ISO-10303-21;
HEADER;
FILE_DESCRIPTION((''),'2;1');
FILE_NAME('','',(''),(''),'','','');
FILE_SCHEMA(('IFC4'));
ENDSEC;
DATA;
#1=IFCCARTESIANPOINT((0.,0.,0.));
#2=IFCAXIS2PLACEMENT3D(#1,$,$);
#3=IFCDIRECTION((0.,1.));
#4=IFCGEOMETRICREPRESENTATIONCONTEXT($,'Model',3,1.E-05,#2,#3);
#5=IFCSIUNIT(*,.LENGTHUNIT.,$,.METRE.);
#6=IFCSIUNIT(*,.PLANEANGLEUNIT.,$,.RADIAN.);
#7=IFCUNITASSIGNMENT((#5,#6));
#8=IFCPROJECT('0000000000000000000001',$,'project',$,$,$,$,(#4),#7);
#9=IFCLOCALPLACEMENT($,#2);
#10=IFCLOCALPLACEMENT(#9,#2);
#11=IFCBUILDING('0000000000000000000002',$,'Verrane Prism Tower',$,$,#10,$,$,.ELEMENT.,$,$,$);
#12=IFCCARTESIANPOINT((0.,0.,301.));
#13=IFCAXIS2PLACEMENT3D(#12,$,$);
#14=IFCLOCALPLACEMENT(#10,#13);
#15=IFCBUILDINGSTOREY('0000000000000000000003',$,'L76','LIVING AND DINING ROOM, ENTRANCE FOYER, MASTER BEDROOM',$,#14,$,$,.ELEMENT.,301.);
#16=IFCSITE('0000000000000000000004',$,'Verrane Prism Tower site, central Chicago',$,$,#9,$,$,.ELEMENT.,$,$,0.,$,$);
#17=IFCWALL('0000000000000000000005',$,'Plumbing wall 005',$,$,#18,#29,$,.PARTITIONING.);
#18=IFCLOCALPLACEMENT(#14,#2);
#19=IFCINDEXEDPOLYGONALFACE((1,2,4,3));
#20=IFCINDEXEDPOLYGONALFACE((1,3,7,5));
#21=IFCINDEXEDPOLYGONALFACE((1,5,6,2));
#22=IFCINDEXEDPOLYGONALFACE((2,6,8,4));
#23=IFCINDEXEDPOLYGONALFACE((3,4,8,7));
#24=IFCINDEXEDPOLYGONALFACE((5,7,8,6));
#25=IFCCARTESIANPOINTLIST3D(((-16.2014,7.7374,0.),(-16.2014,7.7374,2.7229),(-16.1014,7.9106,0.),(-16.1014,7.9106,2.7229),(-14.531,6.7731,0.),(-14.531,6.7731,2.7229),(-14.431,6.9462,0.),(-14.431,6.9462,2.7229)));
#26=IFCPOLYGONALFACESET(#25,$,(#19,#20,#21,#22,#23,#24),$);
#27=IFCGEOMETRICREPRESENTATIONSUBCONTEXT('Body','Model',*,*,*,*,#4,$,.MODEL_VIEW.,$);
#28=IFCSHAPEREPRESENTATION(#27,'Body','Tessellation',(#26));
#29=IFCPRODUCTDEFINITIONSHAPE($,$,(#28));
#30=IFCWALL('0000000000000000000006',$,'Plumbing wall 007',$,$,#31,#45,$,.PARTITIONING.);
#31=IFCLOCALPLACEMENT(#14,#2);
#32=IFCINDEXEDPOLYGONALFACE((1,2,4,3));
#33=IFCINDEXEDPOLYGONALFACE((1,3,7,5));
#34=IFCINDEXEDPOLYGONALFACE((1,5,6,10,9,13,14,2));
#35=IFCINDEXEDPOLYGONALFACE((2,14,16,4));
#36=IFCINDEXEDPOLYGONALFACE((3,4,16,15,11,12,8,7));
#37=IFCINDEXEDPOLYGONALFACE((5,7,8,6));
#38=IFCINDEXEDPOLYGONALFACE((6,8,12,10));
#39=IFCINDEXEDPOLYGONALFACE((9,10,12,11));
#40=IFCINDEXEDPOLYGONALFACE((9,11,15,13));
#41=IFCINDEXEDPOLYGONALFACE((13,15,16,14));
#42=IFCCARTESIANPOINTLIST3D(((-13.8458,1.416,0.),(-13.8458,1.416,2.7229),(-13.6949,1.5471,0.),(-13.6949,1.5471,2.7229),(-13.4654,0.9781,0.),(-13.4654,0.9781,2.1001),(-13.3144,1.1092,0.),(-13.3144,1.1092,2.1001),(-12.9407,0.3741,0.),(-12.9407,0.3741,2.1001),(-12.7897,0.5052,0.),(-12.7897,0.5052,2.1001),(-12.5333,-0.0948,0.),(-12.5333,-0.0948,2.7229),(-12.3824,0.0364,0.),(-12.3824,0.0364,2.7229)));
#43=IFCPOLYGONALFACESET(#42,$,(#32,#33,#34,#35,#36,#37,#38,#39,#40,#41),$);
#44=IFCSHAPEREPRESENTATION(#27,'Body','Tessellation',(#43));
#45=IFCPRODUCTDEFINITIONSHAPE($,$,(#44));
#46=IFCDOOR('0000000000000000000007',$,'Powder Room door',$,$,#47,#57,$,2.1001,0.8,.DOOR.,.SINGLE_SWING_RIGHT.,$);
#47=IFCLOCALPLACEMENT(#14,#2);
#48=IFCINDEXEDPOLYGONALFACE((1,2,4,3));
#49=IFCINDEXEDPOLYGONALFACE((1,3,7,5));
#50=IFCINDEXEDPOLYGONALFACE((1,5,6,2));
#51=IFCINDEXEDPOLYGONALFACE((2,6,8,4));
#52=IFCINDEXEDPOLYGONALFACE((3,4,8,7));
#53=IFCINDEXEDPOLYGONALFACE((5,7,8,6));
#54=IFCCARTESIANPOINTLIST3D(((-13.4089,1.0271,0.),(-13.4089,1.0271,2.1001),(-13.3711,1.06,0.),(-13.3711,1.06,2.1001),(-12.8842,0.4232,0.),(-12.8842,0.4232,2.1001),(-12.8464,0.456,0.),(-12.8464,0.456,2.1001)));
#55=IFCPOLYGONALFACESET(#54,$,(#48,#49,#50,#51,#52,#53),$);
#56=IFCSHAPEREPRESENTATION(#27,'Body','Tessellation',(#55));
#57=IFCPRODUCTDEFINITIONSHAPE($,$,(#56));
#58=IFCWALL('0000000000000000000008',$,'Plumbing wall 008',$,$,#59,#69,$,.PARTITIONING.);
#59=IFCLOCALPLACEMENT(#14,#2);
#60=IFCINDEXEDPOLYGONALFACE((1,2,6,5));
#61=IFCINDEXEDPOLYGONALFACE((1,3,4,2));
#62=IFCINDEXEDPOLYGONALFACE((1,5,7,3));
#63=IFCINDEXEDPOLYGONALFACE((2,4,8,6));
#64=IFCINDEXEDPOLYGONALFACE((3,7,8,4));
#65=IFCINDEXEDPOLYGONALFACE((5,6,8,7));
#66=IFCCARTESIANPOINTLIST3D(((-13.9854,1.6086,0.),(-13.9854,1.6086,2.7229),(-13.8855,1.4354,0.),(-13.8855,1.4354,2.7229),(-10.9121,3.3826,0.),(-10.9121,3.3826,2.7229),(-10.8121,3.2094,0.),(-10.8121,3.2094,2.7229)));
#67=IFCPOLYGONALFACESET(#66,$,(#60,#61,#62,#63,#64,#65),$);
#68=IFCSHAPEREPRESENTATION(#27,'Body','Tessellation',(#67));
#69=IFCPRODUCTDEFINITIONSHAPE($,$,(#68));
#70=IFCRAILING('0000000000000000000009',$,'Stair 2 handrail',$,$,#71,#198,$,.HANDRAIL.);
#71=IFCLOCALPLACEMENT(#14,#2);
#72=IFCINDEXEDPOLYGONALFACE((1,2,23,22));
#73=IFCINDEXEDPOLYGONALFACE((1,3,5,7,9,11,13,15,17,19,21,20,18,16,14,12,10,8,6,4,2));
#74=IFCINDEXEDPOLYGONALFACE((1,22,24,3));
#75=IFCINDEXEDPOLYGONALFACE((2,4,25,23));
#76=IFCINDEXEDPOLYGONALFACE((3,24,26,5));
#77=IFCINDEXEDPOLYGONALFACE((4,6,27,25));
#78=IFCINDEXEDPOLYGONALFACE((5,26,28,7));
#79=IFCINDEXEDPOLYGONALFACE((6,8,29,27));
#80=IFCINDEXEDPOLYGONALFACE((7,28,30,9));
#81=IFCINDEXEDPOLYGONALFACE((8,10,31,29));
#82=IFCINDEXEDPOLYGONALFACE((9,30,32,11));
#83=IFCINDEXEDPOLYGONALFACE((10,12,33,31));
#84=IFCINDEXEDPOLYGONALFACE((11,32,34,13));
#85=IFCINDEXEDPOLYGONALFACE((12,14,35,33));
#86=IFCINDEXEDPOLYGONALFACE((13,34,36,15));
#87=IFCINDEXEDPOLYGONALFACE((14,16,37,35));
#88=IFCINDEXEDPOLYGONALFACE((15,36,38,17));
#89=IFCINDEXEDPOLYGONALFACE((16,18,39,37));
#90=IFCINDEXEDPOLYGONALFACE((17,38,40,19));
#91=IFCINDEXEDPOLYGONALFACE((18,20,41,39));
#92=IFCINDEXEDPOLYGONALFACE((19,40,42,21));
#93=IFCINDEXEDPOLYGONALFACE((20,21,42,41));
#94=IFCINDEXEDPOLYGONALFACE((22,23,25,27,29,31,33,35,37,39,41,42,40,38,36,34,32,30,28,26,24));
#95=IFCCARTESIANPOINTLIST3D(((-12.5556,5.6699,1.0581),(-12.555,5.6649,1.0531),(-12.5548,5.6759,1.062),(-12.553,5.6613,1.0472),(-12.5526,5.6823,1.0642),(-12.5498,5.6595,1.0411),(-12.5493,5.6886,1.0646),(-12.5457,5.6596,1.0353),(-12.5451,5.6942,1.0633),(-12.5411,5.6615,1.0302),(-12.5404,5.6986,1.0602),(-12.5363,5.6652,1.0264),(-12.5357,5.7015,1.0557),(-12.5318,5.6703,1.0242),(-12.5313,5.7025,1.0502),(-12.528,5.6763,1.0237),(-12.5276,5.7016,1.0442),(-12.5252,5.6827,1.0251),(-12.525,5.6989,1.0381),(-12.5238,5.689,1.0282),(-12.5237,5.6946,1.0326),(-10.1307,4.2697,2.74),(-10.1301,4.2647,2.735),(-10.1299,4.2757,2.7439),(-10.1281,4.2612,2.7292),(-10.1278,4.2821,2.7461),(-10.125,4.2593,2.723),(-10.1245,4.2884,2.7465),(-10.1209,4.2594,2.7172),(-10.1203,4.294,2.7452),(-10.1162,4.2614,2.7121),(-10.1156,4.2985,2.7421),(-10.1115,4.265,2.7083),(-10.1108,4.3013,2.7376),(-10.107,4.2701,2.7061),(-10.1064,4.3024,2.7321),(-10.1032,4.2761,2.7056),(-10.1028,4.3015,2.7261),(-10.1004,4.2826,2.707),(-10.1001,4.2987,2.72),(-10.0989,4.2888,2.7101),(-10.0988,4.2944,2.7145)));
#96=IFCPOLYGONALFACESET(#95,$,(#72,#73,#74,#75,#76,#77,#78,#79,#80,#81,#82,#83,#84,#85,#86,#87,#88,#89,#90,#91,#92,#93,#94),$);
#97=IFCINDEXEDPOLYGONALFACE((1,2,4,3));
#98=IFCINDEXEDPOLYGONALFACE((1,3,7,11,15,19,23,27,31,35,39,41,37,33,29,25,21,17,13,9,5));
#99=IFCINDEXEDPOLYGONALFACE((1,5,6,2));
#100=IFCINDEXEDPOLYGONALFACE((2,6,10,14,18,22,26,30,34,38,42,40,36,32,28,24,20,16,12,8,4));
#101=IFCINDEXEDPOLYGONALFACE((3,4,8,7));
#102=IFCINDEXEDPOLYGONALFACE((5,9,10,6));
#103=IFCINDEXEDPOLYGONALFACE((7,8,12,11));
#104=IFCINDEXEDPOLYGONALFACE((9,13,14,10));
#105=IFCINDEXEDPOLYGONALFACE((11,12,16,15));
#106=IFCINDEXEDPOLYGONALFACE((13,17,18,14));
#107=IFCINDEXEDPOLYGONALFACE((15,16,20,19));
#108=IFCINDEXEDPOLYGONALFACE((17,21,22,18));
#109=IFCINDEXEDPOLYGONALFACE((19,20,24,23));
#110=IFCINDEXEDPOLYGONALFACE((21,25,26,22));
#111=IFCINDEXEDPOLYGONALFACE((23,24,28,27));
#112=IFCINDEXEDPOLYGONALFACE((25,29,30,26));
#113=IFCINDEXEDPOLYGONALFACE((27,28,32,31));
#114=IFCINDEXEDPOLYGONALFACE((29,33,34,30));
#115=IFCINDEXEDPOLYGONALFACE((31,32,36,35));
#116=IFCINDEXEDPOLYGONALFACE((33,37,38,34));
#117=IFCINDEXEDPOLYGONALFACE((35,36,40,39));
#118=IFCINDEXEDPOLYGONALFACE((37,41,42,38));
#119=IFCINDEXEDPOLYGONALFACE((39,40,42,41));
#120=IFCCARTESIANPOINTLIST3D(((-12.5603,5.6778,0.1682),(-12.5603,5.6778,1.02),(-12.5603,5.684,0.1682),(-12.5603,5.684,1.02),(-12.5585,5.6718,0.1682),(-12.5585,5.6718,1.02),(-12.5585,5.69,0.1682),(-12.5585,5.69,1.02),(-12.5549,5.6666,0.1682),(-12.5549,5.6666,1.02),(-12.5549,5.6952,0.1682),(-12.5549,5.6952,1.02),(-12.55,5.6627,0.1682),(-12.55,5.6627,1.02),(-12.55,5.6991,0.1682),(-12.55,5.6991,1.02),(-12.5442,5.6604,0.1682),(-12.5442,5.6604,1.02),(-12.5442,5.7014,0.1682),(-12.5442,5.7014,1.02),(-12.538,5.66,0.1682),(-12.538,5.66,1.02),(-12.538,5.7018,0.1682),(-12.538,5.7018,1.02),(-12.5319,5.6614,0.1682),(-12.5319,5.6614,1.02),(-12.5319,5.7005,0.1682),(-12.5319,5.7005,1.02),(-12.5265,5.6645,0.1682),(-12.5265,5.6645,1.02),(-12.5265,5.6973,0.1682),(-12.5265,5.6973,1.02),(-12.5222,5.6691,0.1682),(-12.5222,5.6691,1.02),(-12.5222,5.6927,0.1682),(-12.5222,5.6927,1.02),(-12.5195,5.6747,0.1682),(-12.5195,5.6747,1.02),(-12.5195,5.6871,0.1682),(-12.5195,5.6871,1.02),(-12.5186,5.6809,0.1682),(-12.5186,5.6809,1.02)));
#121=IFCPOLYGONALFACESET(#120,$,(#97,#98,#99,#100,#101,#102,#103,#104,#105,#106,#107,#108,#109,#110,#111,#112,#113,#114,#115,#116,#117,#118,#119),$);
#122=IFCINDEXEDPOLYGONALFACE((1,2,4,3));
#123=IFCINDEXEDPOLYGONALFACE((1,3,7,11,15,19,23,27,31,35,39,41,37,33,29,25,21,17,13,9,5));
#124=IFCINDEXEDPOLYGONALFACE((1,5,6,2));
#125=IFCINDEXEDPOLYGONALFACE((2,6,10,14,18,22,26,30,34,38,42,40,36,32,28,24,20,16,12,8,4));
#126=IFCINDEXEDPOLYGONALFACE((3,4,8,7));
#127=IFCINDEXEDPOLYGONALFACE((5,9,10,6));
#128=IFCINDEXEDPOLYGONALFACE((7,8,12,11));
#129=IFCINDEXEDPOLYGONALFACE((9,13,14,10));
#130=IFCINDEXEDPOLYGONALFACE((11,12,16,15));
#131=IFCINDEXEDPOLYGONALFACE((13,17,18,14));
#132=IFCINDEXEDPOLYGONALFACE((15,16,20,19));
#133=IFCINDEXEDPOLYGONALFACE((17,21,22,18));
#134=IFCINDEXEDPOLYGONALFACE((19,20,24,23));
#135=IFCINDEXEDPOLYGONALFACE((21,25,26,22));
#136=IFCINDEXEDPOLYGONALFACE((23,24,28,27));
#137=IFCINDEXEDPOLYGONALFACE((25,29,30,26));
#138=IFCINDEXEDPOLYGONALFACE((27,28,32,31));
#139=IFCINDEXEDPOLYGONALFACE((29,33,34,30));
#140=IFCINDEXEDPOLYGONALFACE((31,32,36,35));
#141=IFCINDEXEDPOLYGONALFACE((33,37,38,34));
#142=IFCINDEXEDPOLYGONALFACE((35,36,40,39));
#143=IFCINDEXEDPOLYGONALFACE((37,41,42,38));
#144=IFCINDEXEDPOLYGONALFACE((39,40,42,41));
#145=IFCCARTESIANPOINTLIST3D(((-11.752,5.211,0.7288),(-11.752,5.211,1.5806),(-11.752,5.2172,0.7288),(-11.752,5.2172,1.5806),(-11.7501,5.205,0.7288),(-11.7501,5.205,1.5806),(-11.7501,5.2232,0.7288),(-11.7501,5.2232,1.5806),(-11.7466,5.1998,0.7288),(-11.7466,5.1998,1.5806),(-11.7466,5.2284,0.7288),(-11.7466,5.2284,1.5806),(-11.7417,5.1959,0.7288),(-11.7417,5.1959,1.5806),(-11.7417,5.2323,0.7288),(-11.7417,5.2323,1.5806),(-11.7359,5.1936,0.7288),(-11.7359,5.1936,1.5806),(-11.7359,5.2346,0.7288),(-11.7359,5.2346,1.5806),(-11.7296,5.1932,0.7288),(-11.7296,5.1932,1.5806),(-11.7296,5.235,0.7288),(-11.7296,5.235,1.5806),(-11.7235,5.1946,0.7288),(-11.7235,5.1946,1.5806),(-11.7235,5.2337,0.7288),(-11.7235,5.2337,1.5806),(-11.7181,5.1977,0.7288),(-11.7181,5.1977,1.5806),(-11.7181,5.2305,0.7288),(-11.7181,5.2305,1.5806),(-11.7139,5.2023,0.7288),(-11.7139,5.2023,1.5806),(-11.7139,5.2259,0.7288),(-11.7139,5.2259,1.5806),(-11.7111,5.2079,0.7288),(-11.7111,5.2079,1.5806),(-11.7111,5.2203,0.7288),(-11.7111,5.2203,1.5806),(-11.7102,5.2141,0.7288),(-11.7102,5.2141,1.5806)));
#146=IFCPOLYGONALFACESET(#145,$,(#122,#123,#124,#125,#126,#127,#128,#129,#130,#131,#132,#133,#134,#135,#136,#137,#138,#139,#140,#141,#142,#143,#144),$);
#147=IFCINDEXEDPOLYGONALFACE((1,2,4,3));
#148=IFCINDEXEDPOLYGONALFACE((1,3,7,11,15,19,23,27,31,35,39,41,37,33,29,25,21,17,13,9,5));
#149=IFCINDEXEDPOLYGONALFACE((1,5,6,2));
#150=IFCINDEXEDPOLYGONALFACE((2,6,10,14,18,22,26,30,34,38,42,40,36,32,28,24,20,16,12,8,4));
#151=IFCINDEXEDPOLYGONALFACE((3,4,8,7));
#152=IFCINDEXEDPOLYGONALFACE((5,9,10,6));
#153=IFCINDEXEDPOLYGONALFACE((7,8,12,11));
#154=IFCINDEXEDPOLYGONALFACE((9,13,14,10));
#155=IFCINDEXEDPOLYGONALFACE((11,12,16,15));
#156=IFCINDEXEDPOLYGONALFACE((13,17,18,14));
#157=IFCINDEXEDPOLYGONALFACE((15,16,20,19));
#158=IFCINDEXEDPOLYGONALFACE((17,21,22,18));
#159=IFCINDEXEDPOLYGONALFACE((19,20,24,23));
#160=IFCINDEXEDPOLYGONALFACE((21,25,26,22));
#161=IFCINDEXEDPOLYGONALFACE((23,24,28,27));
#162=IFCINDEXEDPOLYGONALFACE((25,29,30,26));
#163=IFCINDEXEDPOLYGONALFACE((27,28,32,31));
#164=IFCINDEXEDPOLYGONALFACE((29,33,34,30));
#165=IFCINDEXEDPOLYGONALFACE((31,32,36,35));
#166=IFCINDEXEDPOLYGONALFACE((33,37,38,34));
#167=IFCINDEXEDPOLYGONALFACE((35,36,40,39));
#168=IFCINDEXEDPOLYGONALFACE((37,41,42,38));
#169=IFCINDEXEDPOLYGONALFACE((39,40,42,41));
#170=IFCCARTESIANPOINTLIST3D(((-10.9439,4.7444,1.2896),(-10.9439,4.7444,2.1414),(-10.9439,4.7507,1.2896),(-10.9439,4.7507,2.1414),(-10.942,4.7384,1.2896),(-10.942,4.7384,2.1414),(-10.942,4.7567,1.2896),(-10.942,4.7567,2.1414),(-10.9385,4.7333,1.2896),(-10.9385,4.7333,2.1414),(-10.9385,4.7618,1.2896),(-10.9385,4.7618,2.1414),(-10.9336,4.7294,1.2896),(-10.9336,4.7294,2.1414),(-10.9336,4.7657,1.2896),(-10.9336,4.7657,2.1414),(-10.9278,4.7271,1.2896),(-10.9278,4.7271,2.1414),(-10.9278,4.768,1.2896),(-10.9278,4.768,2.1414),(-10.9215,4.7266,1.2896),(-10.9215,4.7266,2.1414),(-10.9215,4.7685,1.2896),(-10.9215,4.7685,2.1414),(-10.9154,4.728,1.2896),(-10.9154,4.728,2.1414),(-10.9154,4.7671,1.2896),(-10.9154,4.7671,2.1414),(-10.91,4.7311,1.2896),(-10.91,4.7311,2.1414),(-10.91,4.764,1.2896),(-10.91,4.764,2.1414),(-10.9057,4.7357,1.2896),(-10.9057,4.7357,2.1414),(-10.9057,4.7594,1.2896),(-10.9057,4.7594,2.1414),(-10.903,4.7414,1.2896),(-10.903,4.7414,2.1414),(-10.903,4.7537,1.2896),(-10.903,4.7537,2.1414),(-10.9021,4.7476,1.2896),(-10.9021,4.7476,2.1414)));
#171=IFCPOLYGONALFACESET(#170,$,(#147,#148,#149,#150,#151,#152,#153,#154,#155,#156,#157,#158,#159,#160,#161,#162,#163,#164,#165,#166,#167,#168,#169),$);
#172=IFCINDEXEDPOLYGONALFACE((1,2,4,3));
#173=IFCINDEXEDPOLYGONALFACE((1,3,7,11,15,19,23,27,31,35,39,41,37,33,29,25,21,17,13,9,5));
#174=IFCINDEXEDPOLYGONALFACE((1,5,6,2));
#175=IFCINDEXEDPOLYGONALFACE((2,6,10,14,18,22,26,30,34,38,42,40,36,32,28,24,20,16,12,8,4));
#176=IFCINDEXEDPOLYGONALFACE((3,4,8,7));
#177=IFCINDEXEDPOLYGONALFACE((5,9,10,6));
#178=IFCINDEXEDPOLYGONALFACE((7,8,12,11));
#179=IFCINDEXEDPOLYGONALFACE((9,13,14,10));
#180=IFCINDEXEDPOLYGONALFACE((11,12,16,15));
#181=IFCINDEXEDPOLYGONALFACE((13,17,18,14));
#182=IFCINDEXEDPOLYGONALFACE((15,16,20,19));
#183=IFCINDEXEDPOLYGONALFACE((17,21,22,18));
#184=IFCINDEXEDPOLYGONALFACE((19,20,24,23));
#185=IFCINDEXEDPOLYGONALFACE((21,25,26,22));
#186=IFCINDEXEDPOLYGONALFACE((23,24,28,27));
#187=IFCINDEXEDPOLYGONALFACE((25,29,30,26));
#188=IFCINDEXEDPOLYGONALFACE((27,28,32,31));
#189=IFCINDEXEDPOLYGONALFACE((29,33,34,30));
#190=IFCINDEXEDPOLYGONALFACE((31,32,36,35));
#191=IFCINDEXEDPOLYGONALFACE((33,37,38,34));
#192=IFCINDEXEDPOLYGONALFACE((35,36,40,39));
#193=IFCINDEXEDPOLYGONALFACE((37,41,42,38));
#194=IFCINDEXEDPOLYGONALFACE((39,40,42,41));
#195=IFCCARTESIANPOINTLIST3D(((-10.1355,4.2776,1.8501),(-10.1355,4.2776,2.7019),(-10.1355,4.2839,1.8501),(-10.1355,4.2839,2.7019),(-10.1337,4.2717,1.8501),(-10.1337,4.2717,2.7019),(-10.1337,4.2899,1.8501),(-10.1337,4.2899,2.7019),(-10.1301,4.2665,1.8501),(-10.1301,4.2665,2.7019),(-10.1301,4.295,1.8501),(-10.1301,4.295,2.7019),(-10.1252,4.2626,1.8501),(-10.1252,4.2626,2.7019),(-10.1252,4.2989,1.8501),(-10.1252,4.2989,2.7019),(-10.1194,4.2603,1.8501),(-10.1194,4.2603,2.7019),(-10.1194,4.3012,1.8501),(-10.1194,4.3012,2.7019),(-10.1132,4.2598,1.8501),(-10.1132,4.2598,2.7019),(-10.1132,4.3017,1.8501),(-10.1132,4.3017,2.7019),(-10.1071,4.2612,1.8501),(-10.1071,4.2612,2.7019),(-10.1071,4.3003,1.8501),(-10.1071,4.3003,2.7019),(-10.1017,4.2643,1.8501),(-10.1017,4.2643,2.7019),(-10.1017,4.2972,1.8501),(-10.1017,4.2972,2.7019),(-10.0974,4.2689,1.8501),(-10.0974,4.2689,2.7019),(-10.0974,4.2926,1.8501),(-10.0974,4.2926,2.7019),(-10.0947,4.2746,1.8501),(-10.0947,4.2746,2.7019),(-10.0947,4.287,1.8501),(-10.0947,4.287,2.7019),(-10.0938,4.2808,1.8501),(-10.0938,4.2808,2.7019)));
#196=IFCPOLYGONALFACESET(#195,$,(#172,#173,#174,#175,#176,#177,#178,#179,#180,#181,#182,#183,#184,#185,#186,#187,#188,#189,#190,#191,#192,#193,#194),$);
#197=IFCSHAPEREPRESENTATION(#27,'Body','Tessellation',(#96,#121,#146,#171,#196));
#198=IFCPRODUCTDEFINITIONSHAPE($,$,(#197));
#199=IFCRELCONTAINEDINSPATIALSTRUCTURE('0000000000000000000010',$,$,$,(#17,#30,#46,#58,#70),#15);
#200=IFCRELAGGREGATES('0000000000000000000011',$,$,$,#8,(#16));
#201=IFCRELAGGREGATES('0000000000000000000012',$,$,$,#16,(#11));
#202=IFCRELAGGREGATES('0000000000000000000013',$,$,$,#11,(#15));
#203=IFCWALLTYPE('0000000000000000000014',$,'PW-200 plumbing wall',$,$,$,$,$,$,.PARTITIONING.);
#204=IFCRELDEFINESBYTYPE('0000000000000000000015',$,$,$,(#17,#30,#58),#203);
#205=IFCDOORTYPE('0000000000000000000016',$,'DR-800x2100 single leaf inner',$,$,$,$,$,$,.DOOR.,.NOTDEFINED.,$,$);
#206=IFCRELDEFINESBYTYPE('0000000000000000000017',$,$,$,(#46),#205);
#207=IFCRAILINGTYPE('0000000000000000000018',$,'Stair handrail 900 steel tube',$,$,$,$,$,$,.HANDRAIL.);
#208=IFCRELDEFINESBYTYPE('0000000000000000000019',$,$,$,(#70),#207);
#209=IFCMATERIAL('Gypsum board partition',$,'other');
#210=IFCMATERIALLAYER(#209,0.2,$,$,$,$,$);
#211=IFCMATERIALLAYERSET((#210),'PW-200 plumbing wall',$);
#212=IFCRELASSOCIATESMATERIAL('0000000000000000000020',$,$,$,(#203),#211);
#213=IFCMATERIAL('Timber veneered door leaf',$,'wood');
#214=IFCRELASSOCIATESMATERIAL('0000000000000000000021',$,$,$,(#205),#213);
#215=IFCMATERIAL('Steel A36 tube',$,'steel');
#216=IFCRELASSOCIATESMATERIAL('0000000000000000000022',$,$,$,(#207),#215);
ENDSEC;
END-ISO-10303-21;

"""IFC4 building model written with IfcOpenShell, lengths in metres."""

from ifc_helpers import new_model, si_unit, direction, frame, frame_2d, origin, origin_2d, place, context, subcontext, project, spatial, rectangle, circle, extrude, material, layer, layer_set, type_object, element, fill, save


model = new_model("IFC4")

# Units and contexts
model_context = context("Model", 3, precision=1e-05, world=origin(), true_north=direction((0.0, 1.0)))
body_context = subcontext(model_context, "Body", "Model", "MODEL_VIEW")
ifc_project = project(units=[si_unit("LENGTHUNIT", "METRE"), si_unit("PLANEANGLEUNIT", "RADIAN")], contexts=[model_context])

# Site, building, storey
site_placement = place(None, origin())
site = spatial("IfcSite", under=ifc_project, at=site_placement, Name="Verrane Prism Tower site, central Chicago", CompositionType="ELEMENT", RefElevation=0.0)
building_placement = place(site_placement, origin())
building = spatial("IfcBuilding", under=site, at=building_placement, Name="Verrane Prism Tower", CompositionType="ELEMENT")
storey_placement = place(building_placement, frame((0.0, 0.0, 301.0)))
storey = spatial("IfcBuildingStorey", under=building, at=storey_placement, Name="L76", Description="LIVING AND DINING ROOM, ENTRANCE FOYER, MASTER BEDROOM", CompositionType="ELEMENT", Elevation=301.0)

# Shared definitions
ifc_material_1 = material(Name="Gypsum board partition", Category="other")
ifc_layer_1 = layer(ifc_material_1, 0.2)
ifc_layer_set_1 = layer_set([ifc_layer_1], Name="PW-200 plumbing wall")
wall_type_1 = type_object("IfcWallType", Name="PW-200 plumbing wall", PredefinedType="PARTITIONING", material=ifc_layer_set_1)

# Wall
wall_1_placement = place(storey_placement, frame((-16.1514, 7.824, 0.0), z_axis=(0.0, 0.0, 1.0), x_axis=(0.866038, -0.499978, 0.0)))
element("IfcWall", 1, at=wall_1_placement, inside=storey, type_object=wall_type_1, Name="Plumbing wall 005", PredefinedType="PARTITIONING", context=body_context, shape_type="SweptSolid", body=[
    extrude(rectangle(XDim=1.9287, YDim=0.2, at=frame_2d((0.9644, 0.0))), origin(), (0.0, 0.0, 1.0), 2.7229),
])

# Wall, opening, door
wall_2_placement = place(storey_placement, frame((-13.7703, 1.4814, 0.0), z_axis=(0.0, 0.0, 1.0), x_axis=(0.65584, -0.7549, 0.0)))
wall_2 = element("IfcWall", 2, at=wall_2_placement, inside=storey, type_object=wall_type_1, Name="Plumbing wall 007", PredefinedType="PARTITIONING", context=body_context, shape_type="SweptSolid", body=[
    extrude(rectangle(XDim=2.0012, YDim=0.2, at=frame_2d((1.0005, 0.0))), origin(), (0.0, 0.0, 1.0), 2.7229),
])
opening_1_placement = place(wall_2_placement, frame((0.5801, 0.0, 0.0)))
opening_1 = element("IfcOpeningElement", 3, at=opening_1_placement, cuts=wall_2, PredefinedType="OPENING", context=body_context, shape_type="SweptSolid", body=[
    extrude(rectangle(XDim=0.8, YDim=2.1001, at=frame_2d((0.3999, 1.05))), frame((0.0, 0.1099, 0.0), z_axis=(0.0, -1.0, 0.0), x_axis=(1.0, 0.0, 0.0)), (0.0, 0.0, 1.0), 0.22),
])
ifc_material_2 = material(Name="Timber veneered door leaf", Category="wood")
door_type_1 = type_object("IfcDoorType", Name="DR-800x2100 single leaf inner", OperationType="NOTDEFINED", PredefinedType="DOOR", material=ifc_material_2)
door_1_placement = place(opening_1_placement, origin())
door_1 = element("IfcDoor", 4, at=door_1_placement, inside=storey, type_object=door_type_1, Name="Powder Room door", OperationType="SINGLE_SWING_RIGHT", OverallHeight=2.1001, OverallWidth=0.8, PredefinedType="DOOR", context=body_context, shape_type="SweptSolid", body=[
    extrude(rectangle(XDim=0.8, YDim=2.1001, at=frame_2d((0.3999, 1.05))), frame((0.0, 0.0249, 0.0), z_axis=(0.0, -1.0, 0.0), x_axis=(1.0, 0.0, 0.0)), (0.0, 0.0, 1.0), 0.05),
])
fill(opening_1, door_1)

# Wall
wall_3_placement = place(storey_placement, frame((-13.9355, 1.522, 0.0), z_axis=(0.0, 0.0, 1.0), x_axis=(0.866076, 0.499913, 0.0)))
element("IfcWall", 5, at=wall_3_placement, inside=storey, type_object=wall_type_1, Name="Plumbing wall 008", PredefinedType="PARTITIONING", context=body_context, shape_type="SweptSolid", body=[
    extrude(rectangle(XDim=3.5486, YDim=0.2, at=frame_2d((1.7744, 0.0))), origin(), (0.0, 0.0, 1.0), 2.7229),
])

# Railing
ifc_material_3 = material(Name="Steel A36 tube", Category="steel")
railing_type = type_object("IfcRailingType", Name="Stair handrail 900 steel tube", PredefinedType="HANDRAIL", material=ifc_material_3)
railing_placement = place(storey_placement, frame((-12.5396, 5.6809, 0.1682)))
element("IfcRailing", 6, at=railing_placement, inside=storey, type_object=railing_type, Name="Stair 2 handrail", PredefinedType="HANDRAIL", context=body_context, shape_type="SweptSolid", body=[
    extrude(circle(Radius=0.0239, at=origin_2d()), frame((0.0, 0.0, 0.876), z_axis=(0.742367, -0.428662, 0.514918), x_axis=(0.50005, 0.865997, 0.0)), (0.0, 0.0, 1.0), 3.2664),
    extrude(circle(Radius=0.021, at=origin_2d()), origin(), (0.0, 0.0, 1.0), 0.8518),
    extrude(circle(Radius=0.021, at=origin_2d()), frame((0.8083, -0.4668, 0.5605)), (0.0, 0.0, 1.0), 0.8518),
    extrude(circle(Radius=0.021, at=origin_2d()), frame((1.6165, -0.9333, 1.1213)), (0.0, 0.0, 1.0), 0.8518),
    extrude(circle(Radius=0.021, at=origin_2d()), frame((2.4248, -1.4001, 1.6819)), (0.0, 0.0, 1.0), 0.8518),
])

save(model, "model.ifc")
